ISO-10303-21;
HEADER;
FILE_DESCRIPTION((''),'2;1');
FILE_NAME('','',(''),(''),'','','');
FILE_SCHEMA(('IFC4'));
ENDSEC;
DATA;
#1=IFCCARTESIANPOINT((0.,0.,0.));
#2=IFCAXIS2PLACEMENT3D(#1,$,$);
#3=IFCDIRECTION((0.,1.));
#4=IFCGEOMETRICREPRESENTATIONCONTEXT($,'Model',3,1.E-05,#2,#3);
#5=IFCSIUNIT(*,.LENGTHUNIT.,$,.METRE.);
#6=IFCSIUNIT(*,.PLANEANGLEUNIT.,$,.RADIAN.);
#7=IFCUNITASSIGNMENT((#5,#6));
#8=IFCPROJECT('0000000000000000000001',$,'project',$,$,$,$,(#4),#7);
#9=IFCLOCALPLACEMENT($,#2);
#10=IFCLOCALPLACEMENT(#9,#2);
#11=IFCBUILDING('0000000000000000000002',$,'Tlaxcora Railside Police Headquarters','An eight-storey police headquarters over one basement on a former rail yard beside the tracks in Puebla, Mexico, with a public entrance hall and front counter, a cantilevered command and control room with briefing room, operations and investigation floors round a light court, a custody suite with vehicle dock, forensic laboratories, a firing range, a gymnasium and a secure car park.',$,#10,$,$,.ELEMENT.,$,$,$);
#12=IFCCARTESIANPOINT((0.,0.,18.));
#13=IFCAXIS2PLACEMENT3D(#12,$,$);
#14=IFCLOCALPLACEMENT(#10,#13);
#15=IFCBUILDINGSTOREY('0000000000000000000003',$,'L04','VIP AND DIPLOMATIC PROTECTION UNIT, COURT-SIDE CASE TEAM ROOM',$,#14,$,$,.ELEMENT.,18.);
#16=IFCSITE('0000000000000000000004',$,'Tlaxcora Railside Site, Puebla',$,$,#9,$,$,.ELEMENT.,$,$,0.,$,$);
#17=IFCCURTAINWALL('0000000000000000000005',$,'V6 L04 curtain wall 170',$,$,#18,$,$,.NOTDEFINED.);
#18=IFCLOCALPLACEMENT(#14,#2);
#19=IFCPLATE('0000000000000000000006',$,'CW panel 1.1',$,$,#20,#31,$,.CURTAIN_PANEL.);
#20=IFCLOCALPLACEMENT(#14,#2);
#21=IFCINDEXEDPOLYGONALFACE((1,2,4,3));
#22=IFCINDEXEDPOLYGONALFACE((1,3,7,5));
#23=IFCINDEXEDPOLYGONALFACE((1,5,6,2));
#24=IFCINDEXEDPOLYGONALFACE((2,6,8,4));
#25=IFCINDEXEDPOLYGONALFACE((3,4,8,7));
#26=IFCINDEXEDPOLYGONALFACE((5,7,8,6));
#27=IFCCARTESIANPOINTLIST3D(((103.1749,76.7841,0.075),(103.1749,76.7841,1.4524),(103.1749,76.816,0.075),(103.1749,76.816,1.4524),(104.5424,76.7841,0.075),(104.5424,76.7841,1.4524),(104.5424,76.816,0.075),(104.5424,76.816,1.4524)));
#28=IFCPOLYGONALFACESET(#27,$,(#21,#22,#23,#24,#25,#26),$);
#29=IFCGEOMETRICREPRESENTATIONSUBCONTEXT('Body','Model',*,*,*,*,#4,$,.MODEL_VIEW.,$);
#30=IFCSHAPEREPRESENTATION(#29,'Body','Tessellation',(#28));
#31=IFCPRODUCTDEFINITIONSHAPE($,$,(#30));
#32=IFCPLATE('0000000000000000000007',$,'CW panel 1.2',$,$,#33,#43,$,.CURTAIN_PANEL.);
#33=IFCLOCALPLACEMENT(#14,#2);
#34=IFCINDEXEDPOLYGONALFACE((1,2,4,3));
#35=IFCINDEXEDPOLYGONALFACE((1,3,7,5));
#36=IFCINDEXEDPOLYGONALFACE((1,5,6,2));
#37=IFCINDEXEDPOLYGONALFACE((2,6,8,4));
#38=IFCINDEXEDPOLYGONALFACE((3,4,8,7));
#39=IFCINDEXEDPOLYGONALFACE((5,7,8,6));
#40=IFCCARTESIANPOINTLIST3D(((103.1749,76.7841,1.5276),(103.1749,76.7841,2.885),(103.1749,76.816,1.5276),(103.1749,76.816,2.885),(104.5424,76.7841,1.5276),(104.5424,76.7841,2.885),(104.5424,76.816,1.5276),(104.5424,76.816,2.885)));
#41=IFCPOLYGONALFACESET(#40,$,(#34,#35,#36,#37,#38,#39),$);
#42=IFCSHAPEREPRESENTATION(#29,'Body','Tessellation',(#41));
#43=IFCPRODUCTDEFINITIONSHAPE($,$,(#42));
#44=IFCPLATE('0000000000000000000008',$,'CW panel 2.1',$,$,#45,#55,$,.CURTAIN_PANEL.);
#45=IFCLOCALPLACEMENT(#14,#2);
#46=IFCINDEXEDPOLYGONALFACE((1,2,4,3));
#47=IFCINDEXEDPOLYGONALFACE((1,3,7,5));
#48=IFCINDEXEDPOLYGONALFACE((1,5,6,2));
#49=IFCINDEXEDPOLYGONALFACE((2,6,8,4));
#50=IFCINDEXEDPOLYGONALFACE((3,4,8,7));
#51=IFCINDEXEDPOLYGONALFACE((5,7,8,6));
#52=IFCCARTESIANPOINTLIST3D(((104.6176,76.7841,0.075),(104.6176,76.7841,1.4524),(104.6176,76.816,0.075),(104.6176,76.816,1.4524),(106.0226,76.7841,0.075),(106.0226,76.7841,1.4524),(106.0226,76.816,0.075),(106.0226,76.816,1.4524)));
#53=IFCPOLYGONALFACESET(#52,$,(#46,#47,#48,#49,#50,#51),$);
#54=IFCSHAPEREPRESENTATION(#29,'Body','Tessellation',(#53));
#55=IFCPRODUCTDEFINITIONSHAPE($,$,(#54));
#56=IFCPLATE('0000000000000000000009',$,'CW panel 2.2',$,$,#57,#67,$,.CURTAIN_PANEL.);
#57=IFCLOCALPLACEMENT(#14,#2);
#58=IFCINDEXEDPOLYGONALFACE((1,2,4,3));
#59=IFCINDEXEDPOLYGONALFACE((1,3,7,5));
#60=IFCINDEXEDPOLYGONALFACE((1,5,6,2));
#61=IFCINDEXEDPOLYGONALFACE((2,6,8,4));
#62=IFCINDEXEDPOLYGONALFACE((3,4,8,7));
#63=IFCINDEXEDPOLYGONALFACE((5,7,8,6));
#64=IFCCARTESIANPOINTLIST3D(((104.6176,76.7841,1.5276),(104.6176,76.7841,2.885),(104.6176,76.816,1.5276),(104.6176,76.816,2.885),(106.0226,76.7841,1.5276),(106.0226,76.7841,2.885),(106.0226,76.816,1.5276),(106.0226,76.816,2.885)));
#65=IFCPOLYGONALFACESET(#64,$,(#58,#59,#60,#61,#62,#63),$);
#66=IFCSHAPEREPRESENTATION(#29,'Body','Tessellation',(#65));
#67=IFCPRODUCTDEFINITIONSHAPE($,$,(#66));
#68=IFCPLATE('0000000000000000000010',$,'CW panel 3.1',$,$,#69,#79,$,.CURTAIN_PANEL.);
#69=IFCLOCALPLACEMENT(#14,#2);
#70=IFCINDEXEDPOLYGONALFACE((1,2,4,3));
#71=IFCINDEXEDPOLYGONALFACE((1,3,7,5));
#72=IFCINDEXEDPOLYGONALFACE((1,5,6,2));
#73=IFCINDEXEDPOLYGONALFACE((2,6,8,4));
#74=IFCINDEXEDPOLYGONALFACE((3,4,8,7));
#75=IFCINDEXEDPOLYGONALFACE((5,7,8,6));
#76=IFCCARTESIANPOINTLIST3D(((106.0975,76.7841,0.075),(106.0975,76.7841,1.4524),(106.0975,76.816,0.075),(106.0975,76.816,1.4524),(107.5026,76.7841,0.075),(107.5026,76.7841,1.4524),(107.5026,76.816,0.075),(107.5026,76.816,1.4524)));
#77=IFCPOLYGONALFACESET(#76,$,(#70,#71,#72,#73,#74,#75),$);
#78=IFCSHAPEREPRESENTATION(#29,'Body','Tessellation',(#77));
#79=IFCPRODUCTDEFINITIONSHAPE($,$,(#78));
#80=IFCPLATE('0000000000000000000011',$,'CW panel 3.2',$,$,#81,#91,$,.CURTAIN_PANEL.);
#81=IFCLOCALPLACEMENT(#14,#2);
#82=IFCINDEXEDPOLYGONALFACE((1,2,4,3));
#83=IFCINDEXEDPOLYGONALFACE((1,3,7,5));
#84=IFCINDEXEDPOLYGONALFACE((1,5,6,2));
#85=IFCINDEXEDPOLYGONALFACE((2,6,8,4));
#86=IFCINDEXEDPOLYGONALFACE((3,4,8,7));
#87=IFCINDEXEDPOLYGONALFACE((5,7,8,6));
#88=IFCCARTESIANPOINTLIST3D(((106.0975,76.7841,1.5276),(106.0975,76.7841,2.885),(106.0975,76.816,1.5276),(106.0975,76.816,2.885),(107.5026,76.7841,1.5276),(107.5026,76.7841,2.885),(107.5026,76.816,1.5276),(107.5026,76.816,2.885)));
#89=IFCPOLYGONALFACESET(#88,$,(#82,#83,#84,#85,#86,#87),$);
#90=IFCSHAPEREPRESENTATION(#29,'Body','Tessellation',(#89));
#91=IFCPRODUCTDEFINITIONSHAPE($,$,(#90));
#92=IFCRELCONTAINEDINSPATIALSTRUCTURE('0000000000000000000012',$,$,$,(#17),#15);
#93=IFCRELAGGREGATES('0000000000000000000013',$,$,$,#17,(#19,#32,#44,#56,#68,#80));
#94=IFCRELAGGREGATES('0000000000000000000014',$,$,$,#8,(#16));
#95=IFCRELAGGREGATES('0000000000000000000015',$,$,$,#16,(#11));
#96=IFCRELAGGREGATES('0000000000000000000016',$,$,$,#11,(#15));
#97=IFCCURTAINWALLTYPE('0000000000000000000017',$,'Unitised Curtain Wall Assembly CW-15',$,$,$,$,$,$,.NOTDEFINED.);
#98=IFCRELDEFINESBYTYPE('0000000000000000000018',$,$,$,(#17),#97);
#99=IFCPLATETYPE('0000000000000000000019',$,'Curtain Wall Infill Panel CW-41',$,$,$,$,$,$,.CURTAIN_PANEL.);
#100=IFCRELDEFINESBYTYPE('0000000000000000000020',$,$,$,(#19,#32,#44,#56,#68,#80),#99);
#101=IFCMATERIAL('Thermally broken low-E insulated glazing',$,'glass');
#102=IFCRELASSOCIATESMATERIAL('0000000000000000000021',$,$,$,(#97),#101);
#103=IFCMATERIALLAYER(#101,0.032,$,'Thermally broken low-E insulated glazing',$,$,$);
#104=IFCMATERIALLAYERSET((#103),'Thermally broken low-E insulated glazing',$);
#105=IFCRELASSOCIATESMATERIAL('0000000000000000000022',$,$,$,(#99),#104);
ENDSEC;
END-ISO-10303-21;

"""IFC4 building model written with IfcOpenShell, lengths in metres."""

from ifc_helpers import new_model, si_unit, direction, frame, origin, origin_2d, place, context, subcontext, project, spatial, rectangle, extrude, material, layer, layer_set, type_object, element, aggregate, save


model = new_model("IFC4")

# Units and contexts
model_context = context("Model", 3, precision=1e-05, world=origin(), true_north=direction((0.0, 1.0)))
body_context = subcontext(model_context, "Body", "Model", "MODEL_VIEW")
ifc_project = project(units=[si_unit("LENGTHUNIT", "METRE"), si_unit("PLANEANGLEUNIT", "RADIAN")], contexts=[model_context])

# Site, building, storey
site_placement = place(None, origin())
site = spatial("IfcSite", under=ifc_project, at=site_placement, Name="Tlaxcora Railside Site, Puebla", CompositionType="ELEMENT", RefElevation=0.0)
building_placement = place(site_placement, origin())
building = spatial("IfcBuilding", under=site, at=building_placement, Name="Tlaxcora Railside Police Headquarters", Description="An eight-storey police headquarters over one basement on a former rail yard beside the tracks in Puebla, Mexico, with a public entrance hall and front counter, a cantilevered command and control room with briefing room, operations and investigation floors round a light court, a custody suite with vehicle dock, forensic laboratories, a firing range, a gymnasium and a secure car park.", CompositionType="ELEMENT")
storey_placement = place(building_placement, frame((0.0, 0.0, 18.0)))
storey = spatial("IfcBuildingStorey", under=building, at=storey_placement, Name="L04", Description="VIP AND DIPLOMATIC PROTECTION UNIT, COURT-SIDE CASE TEAM ROOM", CompositionType="ELEMENT", Elevation=18.0)

# Curtain wall
ifc_material_1 = material(Name="Thermally broken low-E insulated glazing", Category="glass")
curtain_wall_type = type_object("IfcCurtainWallType", Name="Unitised Curtain Wall Assembly CW-15", PredefinedType="NOTDEFINED", material=ifc_material_1)
curtain_wall_placement = place(storey_placement, origin())
curtain_wall = element("IfcCurtainWall", 1, at=curtain_wall_placement, inside=storey, type_object=curtain_wall_type, Name="V6 L04 curtain wall 170", PredefinedType="NOTDEFINED")

# Plates
ifc_layer = layer(ifc_material_1, 0.032, Name="Thermally broken low-E insulated glazing")
ifc_layer_set = layer_set([ifc_layer], Name="Thermally broken low-E insulated glazing")
plate_type = type_object("IfcPlateType", Name="Curtain Wall Infill Panel CW-41", PredefinedType="CURTAIN_PANEL", material=ifc_layer_set)
plate_1_placement = place(storey_placement, frame((103.8586, 76.8, 0.075), z_axis=(0.0, 0.0, 1.0), x_axis=(1.0, 0.0, 0.0)))
plate_1 = element("IfcPlate", 2, at=plate_1_placement, type_object=plate_type, Name="CW panel 1.1", PredefinedType="CURTAIN_PANEL", context=body_context, shape_type="SweptSolid", body=[
    extrude(rectangle(XDim=1.3674, YDim=0.032, at=origin_2d()), origin(), (0.0, 0.0, 1.0), 1.3774),
])
plate_2_placement = place(storey_placement, frame((103.8586, 76.8, 1.5276), z_axis=(0.0, 0.0, 1.0), x_axis=(1.0, 0.0, 0.0)))
plate_2 = element("IfcPlate", 3, at=plate_2_placement, type_object=plate_type, Name="CW panel 1.2", PredefinedType="CURTAIN_PANEL", context=body_context, shape_type="SweptSolid", body=[
    extrude(rectangle(XDim=1.3674, YDim=0.032, at=origin_2d()), origin(), (0.0, 0.0, 1.0), 1.3574),
])
plate_3_placement = place(storey_placement, frame((105.3201, 76.8, 0.075), z_axis=(0.0, 0.0, 1.0), x_axis=(1.0, 0.0, 0.0)))
plate_3 = element("IfcPlate", 4, at=plate_3_placement, type_object=plate_type, Name="CW panel 2.1", PredefinedType="CURTAIN_PANEL", context=body_context, shape_type="SweptSolid", body=[
    extrude(rectangle(XDim=1.405, YDim=0.032, at=origin_2d()), origin(), (0.0, 0.0, 1.0), 1.3774),
])
plate_4_placement = place(storey_placement, frame((105.3201, 76.8, 1.5276), z_axis=(0.0, 0.0, 1.0), x_axis=(1.0, 0.0, 0.0)))
plate_4 = element("IfcPlate", 5, at=plate_4_placement, type_object=plate_type, Name="CW panel 2.2", PredefinedType="CURTAIN_PANEL", context=body_context, shape_type="SweptSolid", body=[
    extrude(rectangle(XDim=1.405, YDim=0.032, at=origin_2d()), origin(), (0.0, 0.0, 1.0), 1.3574),
])
plate_5_placement = place(storey_placement, frame((106.8, 76.8, 0.075), z_axis=(0.0, 0.0, 1.0), x_axis=(1.0, 0.0, 0.0)))
plate_5 = element("IfcPlate", 6, at=plate_5_placement, type_object=plate_type, Name="CW panel 3.1", PredefinedType="CURTAIN_PANEL", context=body_context, shape_type="SweptSolid", body=[
    extrude(rectangle(XDim=1.405, YDim=0.032, at=origin_2d()), origin(), (0.0, 0.0, 1.0), 1.3774),
])
plate_6_placement = place(storey_placement, frame((106.8, 76.8, 1.5276), z_axis=(0.0, 0.0, 1.0), x_axis=(1.0, 0.0, 0.0)))
plate_6 = element("IfcPlate", 7, at=plate_6_placement, type_object=plate_type, Name="CW panel 3.2", PredefinedType="CURTAIN_PANEL", context=body_context, shape_type="SweptSolid", body=[
    extrude(rectangle(XDim=1.405, YDim=0.032, at=origin_2d()), origin(), (0.0, 0.0, 1.0), 1.3574),
])
aggregate(curtain_wall, [plate_1, plate_2, plate_3, plate_4, plate_5, plate_6])

save(model, "model.ifc")
